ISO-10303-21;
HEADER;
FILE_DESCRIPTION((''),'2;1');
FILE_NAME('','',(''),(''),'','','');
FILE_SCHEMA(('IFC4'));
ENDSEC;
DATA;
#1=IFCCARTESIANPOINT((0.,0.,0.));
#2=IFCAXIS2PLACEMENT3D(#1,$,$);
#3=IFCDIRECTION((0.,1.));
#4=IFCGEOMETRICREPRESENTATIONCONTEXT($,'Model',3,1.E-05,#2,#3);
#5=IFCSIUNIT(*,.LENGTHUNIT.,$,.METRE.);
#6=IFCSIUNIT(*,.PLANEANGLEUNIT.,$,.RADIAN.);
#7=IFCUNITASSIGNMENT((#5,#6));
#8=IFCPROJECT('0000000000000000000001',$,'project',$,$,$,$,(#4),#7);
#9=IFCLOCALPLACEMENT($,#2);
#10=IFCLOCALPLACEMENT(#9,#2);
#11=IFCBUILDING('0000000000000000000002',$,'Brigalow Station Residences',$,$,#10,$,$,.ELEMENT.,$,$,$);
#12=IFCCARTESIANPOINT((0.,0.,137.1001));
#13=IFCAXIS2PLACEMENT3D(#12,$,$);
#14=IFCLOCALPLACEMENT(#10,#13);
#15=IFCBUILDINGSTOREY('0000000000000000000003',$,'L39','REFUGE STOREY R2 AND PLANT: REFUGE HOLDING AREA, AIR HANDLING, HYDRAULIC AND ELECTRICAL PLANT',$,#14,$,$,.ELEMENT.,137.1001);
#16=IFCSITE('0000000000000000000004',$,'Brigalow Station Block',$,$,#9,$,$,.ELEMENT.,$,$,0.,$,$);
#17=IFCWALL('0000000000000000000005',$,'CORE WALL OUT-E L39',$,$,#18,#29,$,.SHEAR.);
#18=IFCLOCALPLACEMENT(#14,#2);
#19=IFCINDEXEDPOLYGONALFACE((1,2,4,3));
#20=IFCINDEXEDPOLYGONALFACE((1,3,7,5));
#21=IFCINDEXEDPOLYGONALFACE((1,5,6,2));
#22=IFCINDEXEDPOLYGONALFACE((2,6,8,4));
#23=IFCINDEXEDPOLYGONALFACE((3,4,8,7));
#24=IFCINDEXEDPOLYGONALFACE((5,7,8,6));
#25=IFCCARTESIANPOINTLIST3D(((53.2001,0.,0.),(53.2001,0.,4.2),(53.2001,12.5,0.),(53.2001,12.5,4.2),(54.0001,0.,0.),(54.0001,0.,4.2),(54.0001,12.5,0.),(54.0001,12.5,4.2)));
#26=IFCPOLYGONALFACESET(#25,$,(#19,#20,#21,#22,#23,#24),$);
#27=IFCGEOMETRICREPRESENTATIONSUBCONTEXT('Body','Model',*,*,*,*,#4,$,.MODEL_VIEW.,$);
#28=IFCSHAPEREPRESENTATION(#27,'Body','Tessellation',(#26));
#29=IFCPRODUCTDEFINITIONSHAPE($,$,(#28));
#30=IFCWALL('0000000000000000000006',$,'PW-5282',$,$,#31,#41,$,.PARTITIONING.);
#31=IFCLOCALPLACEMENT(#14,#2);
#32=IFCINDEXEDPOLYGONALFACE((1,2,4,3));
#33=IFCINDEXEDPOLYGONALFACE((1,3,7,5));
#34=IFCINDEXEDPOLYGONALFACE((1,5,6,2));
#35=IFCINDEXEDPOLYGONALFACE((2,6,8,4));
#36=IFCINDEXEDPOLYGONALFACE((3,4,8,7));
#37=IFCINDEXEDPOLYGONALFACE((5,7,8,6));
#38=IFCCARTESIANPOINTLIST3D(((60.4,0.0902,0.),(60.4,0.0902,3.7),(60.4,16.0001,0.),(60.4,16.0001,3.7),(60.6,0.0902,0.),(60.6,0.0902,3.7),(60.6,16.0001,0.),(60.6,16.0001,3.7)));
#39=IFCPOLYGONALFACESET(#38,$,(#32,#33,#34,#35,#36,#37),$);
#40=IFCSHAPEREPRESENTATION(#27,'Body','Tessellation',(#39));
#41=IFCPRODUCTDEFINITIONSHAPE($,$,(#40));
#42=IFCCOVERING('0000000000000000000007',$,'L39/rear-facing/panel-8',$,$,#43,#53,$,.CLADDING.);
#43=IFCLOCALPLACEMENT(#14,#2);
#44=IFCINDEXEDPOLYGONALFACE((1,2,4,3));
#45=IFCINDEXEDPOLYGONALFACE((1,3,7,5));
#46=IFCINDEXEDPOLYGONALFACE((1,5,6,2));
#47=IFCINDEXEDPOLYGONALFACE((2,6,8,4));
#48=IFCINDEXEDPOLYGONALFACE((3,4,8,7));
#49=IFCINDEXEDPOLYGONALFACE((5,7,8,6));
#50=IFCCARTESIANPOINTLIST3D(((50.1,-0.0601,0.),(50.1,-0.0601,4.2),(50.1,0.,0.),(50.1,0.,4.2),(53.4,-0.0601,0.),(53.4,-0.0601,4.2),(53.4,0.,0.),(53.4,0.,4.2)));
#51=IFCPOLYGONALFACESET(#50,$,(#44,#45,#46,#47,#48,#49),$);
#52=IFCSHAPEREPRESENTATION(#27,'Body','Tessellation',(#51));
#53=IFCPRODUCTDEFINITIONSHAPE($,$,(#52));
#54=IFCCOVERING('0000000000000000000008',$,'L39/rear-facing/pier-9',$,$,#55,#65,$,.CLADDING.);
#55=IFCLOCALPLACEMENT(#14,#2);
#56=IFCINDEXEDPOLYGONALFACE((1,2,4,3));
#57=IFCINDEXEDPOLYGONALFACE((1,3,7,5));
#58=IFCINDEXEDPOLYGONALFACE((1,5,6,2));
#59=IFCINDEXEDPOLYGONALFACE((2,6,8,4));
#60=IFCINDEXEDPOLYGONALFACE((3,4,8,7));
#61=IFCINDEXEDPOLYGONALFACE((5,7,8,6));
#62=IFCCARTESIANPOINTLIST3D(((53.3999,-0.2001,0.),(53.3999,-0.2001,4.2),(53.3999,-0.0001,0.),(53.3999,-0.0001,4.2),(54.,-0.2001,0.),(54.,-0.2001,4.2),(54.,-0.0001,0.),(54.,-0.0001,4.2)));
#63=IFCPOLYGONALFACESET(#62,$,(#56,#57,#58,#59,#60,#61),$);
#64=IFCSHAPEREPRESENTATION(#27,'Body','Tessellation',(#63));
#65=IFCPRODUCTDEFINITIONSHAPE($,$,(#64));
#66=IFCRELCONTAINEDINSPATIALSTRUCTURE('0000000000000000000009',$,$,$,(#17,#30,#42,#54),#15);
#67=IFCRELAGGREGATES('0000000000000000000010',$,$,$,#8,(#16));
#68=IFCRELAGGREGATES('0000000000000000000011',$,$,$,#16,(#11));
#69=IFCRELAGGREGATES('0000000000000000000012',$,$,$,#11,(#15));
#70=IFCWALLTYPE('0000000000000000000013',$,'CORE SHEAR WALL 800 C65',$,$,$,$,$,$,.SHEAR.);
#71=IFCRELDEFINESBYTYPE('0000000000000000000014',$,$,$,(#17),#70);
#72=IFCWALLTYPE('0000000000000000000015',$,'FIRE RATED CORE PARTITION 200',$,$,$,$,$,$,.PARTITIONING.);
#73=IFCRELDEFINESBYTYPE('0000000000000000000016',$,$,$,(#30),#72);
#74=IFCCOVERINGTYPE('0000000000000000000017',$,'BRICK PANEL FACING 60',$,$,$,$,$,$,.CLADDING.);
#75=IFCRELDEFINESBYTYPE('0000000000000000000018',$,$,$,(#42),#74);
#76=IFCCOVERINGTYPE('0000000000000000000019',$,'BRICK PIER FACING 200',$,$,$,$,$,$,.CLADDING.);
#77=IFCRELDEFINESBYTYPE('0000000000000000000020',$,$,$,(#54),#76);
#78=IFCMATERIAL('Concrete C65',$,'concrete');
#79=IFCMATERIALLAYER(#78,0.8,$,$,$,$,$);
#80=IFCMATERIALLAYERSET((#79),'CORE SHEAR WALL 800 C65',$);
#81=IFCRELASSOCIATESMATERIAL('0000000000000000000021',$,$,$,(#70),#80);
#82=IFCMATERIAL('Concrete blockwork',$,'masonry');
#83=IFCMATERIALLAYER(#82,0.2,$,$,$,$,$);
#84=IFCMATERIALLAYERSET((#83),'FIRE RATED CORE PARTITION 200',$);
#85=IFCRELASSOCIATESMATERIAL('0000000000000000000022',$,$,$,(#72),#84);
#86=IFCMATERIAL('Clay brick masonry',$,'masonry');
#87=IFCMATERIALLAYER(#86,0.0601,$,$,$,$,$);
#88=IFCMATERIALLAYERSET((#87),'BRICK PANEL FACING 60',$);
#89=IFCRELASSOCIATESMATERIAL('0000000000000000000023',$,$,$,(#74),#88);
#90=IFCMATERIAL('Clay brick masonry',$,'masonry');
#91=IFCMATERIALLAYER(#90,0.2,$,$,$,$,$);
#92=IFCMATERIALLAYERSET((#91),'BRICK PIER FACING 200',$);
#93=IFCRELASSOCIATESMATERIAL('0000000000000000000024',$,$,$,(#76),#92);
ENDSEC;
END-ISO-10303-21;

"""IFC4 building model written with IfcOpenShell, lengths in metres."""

from ifc_helpers import new_model, si_unit, direction, frame, frame_2d, origin, origin_2d, place, context, subcontext, project, spatial, rectangle, extrude, material, layer, layer_set, type_object, element, save


model = new_model("IFC4")

# Units and contexts
model_context = context("Model", 3, precision=1e-05, world=origin(), true_north=direction((0.0, 1.0)))
body_context = subcontext(model_context, "Body", "Model", "MODEL_VIEW")
ifc_project = project(units=[si_unit("LENGTHUNIT", "METRE"), si_unit("PLANEANGLEUNIT", "RADIAN")], contexts=[model_context])

# Site, building, storey
site_placement = place(None, origin())
site = spatial("IfcSite", under=ifc_project, at=site_placement, Name="Brigalow Station Block", CompositionType="ELEMENT", RefElevation=0.0)
building_placement = place(site_placement, origin())
building = spatial("IfcBuilding", under=site, at=building_placement, Name="Brigalow Station Residences", CompositionType="ELEMENT")
storey_placement = place(building_placement, frame((0.0, 0.0, 137.1001)))
storey = spatial("IfcBuildingStorey", under=building, at=storey_placement, Name="L39", Description="REFUGE STOREY R2 AND PLANT: REFUGE HOLDING AREA, AIR HANDLING, HYDRAULIC AND ELECTRICAL PLANT", CompositionType="ELEMENT", Elevation=137.1001)

# Walls
ifc_material_1 = material(Name="Concrete C65", Category="concrete")
ifc_layer_1 = layer(ifc_material_1, 0.8)
ifc_layer_set_1 = layer_set([ifc_layer_1], Name="CORE SHEAR WALL 800 C65")
wall_type_1 = type_object("IfcWallType", Name="CORE SHEAR WALL 800 C65", PredefinedType="SHEAR", material=ifc_layer_set_1)
wall_1_placement = place(storey_placement, frame((53.6001, 0.0, 0.0), z_axis=(0.0, 0.0, 1.0), x_axis=(0.0, 1.0, 0.0)))
element("IfcWall", 1, at=wall_1_placement, inside=storey, type_object=wall_type_1, Name="CORE WALL OUT-E L39", PredefinedType="SHEAR", context=body_context, shape_type="SweptSolid", body=[
    extrude(rectangle(XDim=12.5, YDim=0.8, at=frame_2d((6.25, 0.0))), origin(), (0.0, 0.0, 1.0), 4.2),
])
ifc_material_2 = material(Name="Concrete blockwork", Category="masonry")
ifc_layer_2 = layer(ifc_material_2, 0.2)
ifc_layer_set_2 = layer_set([ifc_layer_2], Name="FIRE RATED CORE PARTITION 200")
wall_type_2 = type_object("IfcWallType", Name="FIRE RATED CORE PARTITION 200", PredefinedType="PARTITIONING", material=ifc_layer_set_2)
wall_2_placement = place(storey_placement, frame((60.5, 0.0901, 0.0), z_axis=(0.0, 0.0, 1.0), x_axis=(0.0, 1.0, 0.0)))
element("IfcWall", 2, at=wall_2_placement, inside=storey, type_object=wall_type_2, Name="PW-5282", PredefinedType="PARTITIONING", context=body_context, shape_type="SweptSolid", body=[
    extrude(rectangle(XDim=15.9099, YDim=0.2, at=frame_2d((7.9551, 0.0))), origin(), (0.0, 0.0, 1.0), 3.7),
])

# Coverings
ifc_material_3 = material(Name="Clay brick masonry", Category="masonry")
ifc_layer_3 = layer(ifc_material_3, 0.0601)
ifc_layer_set_3 = layer_set([ifc_layer_3], Name="BRICK PANEL FACING 60")
covering_type_1 = type_object("IfcCoveringType", Name="BRICK PANEL FACING 60", PredefinedType="CLADDING", material=ifc_layer_set_3)
covering_1_placement = place(storey_placement, frame((51.75, -0.03, 0.0), z_axis=(0.0, 0.0, 1.0), x_axis=(1.0, 0.0, 0.0)))
element("IfcCovering", 3, at=covering_1_placement, inside=storey, type_object=covering_type_1, Name="L39/rear-facing/panel-8", PredefinedType="CLADDING", context=body_context, shape_type="SweptSolid", body=[
    extrude(rectangle(XDim=3.3, YDim=0.0601, at=origin_2d()), origin(), (0.0, 0.0, 1.0), 4.2),
])
ifc_material_4 = material(Name="Clay brick masonry", Category="masonry")
ifc_layer_4 = layer(ifc_material_4, 0.2)
ifc_layer_set_4 = layer_set([ifc_layer_4], Name="BRICK PIER FACING 200")
covering_type_2 = type_object("IfcCoveringType", Name="BRICK PIER FACING 200", PredefinedType="CLADDING", material=ifc_layer_set_4)
covering_2_placement = place(storey_placement, frame((53.7, -0.1001, 0.0), z_axis=(0.0, 0.0, 1.0), x_axis=(1.0, 0.0, 0.0)))
element("IfcCovering", 4, at=covering_2_placement, inside=storey, type_object=covering_type_2, Name="L39/rear-facing/pier-9", PredefinedType="CLADDING", context=body_context, shape_type="SweptSolid", body=[
    extrude(rectangle(XDim=0.6001, YDim=0.2, at=origin_2d()), origin(), (0.0, 0.0, 1.0), 4.2),
])

save(model, "model.ifc")
